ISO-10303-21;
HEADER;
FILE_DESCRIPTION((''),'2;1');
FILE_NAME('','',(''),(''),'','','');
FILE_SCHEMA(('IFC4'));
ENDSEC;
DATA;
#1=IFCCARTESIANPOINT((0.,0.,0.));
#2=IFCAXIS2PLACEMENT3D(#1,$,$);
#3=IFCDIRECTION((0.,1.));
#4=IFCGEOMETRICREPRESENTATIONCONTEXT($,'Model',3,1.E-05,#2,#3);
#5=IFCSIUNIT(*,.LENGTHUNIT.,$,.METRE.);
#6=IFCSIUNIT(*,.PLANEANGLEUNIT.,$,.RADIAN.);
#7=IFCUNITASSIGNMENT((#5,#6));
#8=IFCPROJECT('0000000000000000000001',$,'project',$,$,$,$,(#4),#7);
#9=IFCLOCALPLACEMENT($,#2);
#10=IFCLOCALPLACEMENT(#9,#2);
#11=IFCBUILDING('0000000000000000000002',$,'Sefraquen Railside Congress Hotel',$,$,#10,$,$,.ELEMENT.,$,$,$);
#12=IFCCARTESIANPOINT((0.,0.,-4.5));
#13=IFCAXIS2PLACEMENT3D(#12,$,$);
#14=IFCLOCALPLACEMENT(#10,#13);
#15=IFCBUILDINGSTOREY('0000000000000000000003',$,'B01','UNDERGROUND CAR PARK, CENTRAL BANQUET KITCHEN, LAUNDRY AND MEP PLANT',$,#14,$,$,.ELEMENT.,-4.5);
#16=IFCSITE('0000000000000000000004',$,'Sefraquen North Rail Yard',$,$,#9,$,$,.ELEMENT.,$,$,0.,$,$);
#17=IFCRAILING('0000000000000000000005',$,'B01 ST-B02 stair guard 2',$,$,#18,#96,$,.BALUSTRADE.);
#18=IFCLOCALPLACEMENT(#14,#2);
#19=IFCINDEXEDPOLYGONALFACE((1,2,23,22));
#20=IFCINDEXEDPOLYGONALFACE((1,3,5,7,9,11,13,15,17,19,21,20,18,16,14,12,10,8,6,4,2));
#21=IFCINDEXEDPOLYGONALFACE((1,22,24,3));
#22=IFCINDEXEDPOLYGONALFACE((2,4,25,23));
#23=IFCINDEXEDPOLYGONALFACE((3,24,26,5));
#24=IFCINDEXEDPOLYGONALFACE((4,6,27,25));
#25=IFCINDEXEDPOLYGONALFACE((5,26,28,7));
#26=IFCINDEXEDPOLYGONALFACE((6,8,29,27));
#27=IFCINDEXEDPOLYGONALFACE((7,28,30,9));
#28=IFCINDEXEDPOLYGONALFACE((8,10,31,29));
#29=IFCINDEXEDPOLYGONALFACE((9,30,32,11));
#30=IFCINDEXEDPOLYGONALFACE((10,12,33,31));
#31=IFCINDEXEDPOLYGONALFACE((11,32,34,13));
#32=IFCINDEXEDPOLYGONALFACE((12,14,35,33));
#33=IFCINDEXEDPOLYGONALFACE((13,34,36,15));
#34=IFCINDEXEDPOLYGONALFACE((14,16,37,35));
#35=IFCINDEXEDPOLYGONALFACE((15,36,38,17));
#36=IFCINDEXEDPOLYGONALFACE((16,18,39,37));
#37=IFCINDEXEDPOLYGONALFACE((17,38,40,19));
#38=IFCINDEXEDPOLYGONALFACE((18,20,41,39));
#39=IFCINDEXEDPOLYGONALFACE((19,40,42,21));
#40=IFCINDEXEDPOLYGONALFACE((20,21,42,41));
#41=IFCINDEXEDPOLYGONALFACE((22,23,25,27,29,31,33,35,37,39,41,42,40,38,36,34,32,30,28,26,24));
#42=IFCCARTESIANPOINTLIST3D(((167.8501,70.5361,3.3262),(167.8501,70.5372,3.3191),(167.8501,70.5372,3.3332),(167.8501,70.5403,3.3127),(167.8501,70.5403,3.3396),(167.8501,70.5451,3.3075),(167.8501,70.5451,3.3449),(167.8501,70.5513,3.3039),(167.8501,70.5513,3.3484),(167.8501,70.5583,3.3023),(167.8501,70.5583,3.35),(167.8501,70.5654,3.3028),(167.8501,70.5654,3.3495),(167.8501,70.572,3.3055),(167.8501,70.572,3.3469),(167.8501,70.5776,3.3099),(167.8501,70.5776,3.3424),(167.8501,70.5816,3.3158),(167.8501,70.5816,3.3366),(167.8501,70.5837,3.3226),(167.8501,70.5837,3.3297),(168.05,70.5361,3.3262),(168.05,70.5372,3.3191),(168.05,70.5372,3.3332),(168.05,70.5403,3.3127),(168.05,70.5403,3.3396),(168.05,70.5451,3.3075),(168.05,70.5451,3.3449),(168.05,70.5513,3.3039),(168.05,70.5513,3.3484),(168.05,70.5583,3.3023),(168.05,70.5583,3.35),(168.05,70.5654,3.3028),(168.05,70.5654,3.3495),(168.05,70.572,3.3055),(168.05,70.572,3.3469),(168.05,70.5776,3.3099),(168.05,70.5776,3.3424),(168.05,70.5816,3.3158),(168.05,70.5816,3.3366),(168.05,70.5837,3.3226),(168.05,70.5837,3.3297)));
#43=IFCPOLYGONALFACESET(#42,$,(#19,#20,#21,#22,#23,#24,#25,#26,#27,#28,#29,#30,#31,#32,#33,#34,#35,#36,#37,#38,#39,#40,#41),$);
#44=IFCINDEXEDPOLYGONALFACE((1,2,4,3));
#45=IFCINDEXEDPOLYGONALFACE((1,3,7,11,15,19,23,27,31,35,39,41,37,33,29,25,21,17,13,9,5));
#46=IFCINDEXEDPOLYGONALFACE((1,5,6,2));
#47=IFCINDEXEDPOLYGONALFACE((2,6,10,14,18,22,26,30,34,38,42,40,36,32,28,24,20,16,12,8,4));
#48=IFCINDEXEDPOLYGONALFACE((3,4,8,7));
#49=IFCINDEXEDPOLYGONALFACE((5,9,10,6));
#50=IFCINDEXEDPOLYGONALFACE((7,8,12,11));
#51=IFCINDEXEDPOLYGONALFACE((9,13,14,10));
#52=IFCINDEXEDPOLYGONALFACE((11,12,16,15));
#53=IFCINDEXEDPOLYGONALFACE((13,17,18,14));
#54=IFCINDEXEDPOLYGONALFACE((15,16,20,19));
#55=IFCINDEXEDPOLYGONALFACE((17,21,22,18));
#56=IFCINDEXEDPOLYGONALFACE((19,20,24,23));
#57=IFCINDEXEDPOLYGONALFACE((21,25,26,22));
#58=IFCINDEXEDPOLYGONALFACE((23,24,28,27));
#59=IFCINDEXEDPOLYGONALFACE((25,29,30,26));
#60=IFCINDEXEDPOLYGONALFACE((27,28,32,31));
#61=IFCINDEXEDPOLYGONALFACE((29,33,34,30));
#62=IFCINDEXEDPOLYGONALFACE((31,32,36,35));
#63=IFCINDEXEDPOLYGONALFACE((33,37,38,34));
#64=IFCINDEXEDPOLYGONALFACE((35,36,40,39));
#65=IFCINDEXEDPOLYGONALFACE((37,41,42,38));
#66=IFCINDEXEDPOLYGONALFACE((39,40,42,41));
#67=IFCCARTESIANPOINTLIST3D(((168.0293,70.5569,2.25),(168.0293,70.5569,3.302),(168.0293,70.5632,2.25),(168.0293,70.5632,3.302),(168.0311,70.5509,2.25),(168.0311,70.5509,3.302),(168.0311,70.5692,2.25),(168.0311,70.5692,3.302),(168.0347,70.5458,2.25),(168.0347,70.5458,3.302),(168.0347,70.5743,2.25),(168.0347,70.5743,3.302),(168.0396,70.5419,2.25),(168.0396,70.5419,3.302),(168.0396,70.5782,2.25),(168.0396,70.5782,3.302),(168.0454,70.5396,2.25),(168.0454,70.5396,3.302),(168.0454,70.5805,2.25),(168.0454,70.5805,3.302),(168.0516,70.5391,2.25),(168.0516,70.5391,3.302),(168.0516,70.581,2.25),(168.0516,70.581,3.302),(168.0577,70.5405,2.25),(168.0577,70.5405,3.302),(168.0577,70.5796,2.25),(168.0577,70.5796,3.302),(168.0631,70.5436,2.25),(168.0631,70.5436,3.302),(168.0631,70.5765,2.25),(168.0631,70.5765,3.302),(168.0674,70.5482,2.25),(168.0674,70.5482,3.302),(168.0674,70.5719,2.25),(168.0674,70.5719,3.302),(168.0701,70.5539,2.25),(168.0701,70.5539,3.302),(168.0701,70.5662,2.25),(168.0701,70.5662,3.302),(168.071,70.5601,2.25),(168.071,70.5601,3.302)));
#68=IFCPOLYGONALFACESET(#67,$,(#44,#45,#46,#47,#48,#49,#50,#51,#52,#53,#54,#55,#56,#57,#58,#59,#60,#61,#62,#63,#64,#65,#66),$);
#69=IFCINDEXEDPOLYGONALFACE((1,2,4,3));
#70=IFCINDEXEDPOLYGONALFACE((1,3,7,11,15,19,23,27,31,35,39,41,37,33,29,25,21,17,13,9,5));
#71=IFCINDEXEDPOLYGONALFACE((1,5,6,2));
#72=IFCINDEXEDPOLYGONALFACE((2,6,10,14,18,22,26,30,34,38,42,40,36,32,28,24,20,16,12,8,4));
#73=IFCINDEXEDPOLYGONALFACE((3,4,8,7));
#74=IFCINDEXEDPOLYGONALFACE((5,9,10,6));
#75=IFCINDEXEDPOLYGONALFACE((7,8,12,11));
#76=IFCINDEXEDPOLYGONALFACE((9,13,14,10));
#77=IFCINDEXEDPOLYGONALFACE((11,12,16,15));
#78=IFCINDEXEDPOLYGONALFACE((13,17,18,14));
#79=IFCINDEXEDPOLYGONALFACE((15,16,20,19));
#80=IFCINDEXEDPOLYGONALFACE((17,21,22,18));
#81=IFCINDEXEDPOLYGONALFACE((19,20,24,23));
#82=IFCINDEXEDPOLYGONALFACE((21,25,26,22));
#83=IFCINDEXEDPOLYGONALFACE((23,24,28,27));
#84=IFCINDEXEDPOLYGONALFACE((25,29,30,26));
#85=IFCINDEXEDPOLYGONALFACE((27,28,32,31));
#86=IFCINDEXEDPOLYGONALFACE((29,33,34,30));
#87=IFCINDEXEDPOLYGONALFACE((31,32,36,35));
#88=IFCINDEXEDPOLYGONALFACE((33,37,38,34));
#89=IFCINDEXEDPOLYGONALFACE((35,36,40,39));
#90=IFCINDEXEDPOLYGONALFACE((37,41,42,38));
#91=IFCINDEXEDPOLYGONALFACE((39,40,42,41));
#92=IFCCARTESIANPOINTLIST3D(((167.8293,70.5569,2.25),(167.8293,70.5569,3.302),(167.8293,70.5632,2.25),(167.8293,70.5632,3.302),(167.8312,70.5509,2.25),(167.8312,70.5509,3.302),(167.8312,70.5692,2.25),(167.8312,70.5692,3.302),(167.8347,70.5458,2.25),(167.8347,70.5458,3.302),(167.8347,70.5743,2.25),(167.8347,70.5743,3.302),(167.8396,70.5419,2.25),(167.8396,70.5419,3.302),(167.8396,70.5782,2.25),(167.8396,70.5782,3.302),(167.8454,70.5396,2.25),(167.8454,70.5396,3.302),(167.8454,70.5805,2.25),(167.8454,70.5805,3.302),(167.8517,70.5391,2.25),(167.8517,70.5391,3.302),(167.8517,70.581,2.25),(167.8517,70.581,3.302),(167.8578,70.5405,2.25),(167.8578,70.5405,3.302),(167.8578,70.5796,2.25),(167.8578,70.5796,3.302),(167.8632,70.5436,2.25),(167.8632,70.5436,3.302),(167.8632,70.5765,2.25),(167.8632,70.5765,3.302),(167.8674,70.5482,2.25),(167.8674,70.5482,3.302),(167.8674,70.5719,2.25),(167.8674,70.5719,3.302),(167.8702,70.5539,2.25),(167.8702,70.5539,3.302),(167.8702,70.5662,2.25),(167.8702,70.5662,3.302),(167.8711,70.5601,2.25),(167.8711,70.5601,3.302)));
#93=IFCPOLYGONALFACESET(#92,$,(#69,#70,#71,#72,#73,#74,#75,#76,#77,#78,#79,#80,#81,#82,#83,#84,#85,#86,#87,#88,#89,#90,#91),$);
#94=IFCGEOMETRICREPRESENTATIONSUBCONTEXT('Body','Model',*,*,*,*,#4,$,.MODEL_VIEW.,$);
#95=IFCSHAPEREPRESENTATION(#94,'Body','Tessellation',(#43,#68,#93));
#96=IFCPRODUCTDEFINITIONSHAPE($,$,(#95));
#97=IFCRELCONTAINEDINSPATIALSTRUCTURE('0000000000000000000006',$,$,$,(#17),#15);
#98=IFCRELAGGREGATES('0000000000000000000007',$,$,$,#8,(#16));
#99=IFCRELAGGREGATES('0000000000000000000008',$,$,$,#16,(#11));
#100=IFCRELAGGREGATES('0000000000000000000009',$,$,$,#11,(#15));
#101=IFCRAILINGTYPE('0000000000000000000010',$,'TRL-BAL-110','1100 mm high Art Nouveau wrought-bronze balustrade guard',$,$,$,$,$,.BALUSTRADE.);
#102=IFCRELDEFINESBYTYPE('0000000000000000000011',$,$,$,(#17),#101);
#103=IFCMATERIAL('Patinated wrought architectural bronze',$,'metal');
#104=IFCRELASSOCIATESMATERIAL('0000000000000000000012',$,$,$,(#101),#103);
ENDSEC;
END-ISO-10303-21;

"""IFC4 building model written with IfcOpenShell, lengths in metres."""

from ifc_helpers import new_model, si_unit, direction, frame, origin, origin_2d, place, context, subcontext, project, spatial, circle, extrude, material, type_object, element, save


model = new_model("IFC4")

# Units and contexts
model_context = context("Model", 3, precision=1e-05, world=origin(), true_north=direction((0.0, 1.0)))
body_context = subcontext(model_context, "Body", "Model", "MODEL_VIEW")
ifc_project = project(units=[si_unit("LENGTHUNIT", "METRE"), si_unit("PLANEANGLEUNIT", "RADIAN")], contexts=[model_context])

# Site, building, storey
site_placement = place(None, origin())
site = spatial("IfcSite", under=ifc_project, at=site_placement, Name="Sefraquen North Rail Yard", CompositionType="ELEMENT", RefElevation=0.0)
building_placement = place(site_placement, origin())
building = spatial("IfcBuilding", under=site, at=building_placement, Name="Sefraquen Railside Congress Hotel", CompositionType="ELEMENT")
storey_placement = place(building_placement, frame((0.0, 0.0, -4.5)))
storey = spatial("IfcBuildingStorey", under=building, at=storey_placement, Name="B01", Description="UNDERGROUND CAR PARK, CENTRAL BANQUET KITCHEN, LAUNDRY AND MEP PLANT", CompositionType="ELEMENT", Elevation=-4.5)

# Railing
ifc_material_1 = material(Name="Patinated wrought architectural bronze", Category="metal")
railing_type_1 = type_object("IfcRailingType", Name="TRL-BAL-110", Description="1100 mm high Art Nouveau wrought-bronze balustrade guard", PredefinedType="BALUSTRADE", material=ifc_material_1)
railing_1_placement = place(storey_placement, frame((168.05, 70.5601, 2.25)))
element("IfcRailing", 1, at=railing_1_placement, inside=storey, type_object=railing_type_1, Name="B01 ST-B02 stair guard 2", PredefinedType="BALUSTRADE", context=body_context, shape_type="SweptSolid", body=[
    extrude(circle(Radius=0.0239, at=origin_2d()), frame((0.0, 0.0, 1.0762), z_axis=(-1.0, 0.0, 0.0), x_axis=(0.0, -1.0, 0.0)), (0.0, 0.0, 1.0), 0.2),
    extrude(circle(Radius=0.021, at=origin_2d()), origin(), (0.0, 0.0, 1.0), 1.052),
    extrude(circle(Radius=0.021, at=origin_2d()), frame((-0.2, 0.0, 0.0)), (0.0, 0.0, 1.0), 1.052),
])

save(model, "model.ifc")
